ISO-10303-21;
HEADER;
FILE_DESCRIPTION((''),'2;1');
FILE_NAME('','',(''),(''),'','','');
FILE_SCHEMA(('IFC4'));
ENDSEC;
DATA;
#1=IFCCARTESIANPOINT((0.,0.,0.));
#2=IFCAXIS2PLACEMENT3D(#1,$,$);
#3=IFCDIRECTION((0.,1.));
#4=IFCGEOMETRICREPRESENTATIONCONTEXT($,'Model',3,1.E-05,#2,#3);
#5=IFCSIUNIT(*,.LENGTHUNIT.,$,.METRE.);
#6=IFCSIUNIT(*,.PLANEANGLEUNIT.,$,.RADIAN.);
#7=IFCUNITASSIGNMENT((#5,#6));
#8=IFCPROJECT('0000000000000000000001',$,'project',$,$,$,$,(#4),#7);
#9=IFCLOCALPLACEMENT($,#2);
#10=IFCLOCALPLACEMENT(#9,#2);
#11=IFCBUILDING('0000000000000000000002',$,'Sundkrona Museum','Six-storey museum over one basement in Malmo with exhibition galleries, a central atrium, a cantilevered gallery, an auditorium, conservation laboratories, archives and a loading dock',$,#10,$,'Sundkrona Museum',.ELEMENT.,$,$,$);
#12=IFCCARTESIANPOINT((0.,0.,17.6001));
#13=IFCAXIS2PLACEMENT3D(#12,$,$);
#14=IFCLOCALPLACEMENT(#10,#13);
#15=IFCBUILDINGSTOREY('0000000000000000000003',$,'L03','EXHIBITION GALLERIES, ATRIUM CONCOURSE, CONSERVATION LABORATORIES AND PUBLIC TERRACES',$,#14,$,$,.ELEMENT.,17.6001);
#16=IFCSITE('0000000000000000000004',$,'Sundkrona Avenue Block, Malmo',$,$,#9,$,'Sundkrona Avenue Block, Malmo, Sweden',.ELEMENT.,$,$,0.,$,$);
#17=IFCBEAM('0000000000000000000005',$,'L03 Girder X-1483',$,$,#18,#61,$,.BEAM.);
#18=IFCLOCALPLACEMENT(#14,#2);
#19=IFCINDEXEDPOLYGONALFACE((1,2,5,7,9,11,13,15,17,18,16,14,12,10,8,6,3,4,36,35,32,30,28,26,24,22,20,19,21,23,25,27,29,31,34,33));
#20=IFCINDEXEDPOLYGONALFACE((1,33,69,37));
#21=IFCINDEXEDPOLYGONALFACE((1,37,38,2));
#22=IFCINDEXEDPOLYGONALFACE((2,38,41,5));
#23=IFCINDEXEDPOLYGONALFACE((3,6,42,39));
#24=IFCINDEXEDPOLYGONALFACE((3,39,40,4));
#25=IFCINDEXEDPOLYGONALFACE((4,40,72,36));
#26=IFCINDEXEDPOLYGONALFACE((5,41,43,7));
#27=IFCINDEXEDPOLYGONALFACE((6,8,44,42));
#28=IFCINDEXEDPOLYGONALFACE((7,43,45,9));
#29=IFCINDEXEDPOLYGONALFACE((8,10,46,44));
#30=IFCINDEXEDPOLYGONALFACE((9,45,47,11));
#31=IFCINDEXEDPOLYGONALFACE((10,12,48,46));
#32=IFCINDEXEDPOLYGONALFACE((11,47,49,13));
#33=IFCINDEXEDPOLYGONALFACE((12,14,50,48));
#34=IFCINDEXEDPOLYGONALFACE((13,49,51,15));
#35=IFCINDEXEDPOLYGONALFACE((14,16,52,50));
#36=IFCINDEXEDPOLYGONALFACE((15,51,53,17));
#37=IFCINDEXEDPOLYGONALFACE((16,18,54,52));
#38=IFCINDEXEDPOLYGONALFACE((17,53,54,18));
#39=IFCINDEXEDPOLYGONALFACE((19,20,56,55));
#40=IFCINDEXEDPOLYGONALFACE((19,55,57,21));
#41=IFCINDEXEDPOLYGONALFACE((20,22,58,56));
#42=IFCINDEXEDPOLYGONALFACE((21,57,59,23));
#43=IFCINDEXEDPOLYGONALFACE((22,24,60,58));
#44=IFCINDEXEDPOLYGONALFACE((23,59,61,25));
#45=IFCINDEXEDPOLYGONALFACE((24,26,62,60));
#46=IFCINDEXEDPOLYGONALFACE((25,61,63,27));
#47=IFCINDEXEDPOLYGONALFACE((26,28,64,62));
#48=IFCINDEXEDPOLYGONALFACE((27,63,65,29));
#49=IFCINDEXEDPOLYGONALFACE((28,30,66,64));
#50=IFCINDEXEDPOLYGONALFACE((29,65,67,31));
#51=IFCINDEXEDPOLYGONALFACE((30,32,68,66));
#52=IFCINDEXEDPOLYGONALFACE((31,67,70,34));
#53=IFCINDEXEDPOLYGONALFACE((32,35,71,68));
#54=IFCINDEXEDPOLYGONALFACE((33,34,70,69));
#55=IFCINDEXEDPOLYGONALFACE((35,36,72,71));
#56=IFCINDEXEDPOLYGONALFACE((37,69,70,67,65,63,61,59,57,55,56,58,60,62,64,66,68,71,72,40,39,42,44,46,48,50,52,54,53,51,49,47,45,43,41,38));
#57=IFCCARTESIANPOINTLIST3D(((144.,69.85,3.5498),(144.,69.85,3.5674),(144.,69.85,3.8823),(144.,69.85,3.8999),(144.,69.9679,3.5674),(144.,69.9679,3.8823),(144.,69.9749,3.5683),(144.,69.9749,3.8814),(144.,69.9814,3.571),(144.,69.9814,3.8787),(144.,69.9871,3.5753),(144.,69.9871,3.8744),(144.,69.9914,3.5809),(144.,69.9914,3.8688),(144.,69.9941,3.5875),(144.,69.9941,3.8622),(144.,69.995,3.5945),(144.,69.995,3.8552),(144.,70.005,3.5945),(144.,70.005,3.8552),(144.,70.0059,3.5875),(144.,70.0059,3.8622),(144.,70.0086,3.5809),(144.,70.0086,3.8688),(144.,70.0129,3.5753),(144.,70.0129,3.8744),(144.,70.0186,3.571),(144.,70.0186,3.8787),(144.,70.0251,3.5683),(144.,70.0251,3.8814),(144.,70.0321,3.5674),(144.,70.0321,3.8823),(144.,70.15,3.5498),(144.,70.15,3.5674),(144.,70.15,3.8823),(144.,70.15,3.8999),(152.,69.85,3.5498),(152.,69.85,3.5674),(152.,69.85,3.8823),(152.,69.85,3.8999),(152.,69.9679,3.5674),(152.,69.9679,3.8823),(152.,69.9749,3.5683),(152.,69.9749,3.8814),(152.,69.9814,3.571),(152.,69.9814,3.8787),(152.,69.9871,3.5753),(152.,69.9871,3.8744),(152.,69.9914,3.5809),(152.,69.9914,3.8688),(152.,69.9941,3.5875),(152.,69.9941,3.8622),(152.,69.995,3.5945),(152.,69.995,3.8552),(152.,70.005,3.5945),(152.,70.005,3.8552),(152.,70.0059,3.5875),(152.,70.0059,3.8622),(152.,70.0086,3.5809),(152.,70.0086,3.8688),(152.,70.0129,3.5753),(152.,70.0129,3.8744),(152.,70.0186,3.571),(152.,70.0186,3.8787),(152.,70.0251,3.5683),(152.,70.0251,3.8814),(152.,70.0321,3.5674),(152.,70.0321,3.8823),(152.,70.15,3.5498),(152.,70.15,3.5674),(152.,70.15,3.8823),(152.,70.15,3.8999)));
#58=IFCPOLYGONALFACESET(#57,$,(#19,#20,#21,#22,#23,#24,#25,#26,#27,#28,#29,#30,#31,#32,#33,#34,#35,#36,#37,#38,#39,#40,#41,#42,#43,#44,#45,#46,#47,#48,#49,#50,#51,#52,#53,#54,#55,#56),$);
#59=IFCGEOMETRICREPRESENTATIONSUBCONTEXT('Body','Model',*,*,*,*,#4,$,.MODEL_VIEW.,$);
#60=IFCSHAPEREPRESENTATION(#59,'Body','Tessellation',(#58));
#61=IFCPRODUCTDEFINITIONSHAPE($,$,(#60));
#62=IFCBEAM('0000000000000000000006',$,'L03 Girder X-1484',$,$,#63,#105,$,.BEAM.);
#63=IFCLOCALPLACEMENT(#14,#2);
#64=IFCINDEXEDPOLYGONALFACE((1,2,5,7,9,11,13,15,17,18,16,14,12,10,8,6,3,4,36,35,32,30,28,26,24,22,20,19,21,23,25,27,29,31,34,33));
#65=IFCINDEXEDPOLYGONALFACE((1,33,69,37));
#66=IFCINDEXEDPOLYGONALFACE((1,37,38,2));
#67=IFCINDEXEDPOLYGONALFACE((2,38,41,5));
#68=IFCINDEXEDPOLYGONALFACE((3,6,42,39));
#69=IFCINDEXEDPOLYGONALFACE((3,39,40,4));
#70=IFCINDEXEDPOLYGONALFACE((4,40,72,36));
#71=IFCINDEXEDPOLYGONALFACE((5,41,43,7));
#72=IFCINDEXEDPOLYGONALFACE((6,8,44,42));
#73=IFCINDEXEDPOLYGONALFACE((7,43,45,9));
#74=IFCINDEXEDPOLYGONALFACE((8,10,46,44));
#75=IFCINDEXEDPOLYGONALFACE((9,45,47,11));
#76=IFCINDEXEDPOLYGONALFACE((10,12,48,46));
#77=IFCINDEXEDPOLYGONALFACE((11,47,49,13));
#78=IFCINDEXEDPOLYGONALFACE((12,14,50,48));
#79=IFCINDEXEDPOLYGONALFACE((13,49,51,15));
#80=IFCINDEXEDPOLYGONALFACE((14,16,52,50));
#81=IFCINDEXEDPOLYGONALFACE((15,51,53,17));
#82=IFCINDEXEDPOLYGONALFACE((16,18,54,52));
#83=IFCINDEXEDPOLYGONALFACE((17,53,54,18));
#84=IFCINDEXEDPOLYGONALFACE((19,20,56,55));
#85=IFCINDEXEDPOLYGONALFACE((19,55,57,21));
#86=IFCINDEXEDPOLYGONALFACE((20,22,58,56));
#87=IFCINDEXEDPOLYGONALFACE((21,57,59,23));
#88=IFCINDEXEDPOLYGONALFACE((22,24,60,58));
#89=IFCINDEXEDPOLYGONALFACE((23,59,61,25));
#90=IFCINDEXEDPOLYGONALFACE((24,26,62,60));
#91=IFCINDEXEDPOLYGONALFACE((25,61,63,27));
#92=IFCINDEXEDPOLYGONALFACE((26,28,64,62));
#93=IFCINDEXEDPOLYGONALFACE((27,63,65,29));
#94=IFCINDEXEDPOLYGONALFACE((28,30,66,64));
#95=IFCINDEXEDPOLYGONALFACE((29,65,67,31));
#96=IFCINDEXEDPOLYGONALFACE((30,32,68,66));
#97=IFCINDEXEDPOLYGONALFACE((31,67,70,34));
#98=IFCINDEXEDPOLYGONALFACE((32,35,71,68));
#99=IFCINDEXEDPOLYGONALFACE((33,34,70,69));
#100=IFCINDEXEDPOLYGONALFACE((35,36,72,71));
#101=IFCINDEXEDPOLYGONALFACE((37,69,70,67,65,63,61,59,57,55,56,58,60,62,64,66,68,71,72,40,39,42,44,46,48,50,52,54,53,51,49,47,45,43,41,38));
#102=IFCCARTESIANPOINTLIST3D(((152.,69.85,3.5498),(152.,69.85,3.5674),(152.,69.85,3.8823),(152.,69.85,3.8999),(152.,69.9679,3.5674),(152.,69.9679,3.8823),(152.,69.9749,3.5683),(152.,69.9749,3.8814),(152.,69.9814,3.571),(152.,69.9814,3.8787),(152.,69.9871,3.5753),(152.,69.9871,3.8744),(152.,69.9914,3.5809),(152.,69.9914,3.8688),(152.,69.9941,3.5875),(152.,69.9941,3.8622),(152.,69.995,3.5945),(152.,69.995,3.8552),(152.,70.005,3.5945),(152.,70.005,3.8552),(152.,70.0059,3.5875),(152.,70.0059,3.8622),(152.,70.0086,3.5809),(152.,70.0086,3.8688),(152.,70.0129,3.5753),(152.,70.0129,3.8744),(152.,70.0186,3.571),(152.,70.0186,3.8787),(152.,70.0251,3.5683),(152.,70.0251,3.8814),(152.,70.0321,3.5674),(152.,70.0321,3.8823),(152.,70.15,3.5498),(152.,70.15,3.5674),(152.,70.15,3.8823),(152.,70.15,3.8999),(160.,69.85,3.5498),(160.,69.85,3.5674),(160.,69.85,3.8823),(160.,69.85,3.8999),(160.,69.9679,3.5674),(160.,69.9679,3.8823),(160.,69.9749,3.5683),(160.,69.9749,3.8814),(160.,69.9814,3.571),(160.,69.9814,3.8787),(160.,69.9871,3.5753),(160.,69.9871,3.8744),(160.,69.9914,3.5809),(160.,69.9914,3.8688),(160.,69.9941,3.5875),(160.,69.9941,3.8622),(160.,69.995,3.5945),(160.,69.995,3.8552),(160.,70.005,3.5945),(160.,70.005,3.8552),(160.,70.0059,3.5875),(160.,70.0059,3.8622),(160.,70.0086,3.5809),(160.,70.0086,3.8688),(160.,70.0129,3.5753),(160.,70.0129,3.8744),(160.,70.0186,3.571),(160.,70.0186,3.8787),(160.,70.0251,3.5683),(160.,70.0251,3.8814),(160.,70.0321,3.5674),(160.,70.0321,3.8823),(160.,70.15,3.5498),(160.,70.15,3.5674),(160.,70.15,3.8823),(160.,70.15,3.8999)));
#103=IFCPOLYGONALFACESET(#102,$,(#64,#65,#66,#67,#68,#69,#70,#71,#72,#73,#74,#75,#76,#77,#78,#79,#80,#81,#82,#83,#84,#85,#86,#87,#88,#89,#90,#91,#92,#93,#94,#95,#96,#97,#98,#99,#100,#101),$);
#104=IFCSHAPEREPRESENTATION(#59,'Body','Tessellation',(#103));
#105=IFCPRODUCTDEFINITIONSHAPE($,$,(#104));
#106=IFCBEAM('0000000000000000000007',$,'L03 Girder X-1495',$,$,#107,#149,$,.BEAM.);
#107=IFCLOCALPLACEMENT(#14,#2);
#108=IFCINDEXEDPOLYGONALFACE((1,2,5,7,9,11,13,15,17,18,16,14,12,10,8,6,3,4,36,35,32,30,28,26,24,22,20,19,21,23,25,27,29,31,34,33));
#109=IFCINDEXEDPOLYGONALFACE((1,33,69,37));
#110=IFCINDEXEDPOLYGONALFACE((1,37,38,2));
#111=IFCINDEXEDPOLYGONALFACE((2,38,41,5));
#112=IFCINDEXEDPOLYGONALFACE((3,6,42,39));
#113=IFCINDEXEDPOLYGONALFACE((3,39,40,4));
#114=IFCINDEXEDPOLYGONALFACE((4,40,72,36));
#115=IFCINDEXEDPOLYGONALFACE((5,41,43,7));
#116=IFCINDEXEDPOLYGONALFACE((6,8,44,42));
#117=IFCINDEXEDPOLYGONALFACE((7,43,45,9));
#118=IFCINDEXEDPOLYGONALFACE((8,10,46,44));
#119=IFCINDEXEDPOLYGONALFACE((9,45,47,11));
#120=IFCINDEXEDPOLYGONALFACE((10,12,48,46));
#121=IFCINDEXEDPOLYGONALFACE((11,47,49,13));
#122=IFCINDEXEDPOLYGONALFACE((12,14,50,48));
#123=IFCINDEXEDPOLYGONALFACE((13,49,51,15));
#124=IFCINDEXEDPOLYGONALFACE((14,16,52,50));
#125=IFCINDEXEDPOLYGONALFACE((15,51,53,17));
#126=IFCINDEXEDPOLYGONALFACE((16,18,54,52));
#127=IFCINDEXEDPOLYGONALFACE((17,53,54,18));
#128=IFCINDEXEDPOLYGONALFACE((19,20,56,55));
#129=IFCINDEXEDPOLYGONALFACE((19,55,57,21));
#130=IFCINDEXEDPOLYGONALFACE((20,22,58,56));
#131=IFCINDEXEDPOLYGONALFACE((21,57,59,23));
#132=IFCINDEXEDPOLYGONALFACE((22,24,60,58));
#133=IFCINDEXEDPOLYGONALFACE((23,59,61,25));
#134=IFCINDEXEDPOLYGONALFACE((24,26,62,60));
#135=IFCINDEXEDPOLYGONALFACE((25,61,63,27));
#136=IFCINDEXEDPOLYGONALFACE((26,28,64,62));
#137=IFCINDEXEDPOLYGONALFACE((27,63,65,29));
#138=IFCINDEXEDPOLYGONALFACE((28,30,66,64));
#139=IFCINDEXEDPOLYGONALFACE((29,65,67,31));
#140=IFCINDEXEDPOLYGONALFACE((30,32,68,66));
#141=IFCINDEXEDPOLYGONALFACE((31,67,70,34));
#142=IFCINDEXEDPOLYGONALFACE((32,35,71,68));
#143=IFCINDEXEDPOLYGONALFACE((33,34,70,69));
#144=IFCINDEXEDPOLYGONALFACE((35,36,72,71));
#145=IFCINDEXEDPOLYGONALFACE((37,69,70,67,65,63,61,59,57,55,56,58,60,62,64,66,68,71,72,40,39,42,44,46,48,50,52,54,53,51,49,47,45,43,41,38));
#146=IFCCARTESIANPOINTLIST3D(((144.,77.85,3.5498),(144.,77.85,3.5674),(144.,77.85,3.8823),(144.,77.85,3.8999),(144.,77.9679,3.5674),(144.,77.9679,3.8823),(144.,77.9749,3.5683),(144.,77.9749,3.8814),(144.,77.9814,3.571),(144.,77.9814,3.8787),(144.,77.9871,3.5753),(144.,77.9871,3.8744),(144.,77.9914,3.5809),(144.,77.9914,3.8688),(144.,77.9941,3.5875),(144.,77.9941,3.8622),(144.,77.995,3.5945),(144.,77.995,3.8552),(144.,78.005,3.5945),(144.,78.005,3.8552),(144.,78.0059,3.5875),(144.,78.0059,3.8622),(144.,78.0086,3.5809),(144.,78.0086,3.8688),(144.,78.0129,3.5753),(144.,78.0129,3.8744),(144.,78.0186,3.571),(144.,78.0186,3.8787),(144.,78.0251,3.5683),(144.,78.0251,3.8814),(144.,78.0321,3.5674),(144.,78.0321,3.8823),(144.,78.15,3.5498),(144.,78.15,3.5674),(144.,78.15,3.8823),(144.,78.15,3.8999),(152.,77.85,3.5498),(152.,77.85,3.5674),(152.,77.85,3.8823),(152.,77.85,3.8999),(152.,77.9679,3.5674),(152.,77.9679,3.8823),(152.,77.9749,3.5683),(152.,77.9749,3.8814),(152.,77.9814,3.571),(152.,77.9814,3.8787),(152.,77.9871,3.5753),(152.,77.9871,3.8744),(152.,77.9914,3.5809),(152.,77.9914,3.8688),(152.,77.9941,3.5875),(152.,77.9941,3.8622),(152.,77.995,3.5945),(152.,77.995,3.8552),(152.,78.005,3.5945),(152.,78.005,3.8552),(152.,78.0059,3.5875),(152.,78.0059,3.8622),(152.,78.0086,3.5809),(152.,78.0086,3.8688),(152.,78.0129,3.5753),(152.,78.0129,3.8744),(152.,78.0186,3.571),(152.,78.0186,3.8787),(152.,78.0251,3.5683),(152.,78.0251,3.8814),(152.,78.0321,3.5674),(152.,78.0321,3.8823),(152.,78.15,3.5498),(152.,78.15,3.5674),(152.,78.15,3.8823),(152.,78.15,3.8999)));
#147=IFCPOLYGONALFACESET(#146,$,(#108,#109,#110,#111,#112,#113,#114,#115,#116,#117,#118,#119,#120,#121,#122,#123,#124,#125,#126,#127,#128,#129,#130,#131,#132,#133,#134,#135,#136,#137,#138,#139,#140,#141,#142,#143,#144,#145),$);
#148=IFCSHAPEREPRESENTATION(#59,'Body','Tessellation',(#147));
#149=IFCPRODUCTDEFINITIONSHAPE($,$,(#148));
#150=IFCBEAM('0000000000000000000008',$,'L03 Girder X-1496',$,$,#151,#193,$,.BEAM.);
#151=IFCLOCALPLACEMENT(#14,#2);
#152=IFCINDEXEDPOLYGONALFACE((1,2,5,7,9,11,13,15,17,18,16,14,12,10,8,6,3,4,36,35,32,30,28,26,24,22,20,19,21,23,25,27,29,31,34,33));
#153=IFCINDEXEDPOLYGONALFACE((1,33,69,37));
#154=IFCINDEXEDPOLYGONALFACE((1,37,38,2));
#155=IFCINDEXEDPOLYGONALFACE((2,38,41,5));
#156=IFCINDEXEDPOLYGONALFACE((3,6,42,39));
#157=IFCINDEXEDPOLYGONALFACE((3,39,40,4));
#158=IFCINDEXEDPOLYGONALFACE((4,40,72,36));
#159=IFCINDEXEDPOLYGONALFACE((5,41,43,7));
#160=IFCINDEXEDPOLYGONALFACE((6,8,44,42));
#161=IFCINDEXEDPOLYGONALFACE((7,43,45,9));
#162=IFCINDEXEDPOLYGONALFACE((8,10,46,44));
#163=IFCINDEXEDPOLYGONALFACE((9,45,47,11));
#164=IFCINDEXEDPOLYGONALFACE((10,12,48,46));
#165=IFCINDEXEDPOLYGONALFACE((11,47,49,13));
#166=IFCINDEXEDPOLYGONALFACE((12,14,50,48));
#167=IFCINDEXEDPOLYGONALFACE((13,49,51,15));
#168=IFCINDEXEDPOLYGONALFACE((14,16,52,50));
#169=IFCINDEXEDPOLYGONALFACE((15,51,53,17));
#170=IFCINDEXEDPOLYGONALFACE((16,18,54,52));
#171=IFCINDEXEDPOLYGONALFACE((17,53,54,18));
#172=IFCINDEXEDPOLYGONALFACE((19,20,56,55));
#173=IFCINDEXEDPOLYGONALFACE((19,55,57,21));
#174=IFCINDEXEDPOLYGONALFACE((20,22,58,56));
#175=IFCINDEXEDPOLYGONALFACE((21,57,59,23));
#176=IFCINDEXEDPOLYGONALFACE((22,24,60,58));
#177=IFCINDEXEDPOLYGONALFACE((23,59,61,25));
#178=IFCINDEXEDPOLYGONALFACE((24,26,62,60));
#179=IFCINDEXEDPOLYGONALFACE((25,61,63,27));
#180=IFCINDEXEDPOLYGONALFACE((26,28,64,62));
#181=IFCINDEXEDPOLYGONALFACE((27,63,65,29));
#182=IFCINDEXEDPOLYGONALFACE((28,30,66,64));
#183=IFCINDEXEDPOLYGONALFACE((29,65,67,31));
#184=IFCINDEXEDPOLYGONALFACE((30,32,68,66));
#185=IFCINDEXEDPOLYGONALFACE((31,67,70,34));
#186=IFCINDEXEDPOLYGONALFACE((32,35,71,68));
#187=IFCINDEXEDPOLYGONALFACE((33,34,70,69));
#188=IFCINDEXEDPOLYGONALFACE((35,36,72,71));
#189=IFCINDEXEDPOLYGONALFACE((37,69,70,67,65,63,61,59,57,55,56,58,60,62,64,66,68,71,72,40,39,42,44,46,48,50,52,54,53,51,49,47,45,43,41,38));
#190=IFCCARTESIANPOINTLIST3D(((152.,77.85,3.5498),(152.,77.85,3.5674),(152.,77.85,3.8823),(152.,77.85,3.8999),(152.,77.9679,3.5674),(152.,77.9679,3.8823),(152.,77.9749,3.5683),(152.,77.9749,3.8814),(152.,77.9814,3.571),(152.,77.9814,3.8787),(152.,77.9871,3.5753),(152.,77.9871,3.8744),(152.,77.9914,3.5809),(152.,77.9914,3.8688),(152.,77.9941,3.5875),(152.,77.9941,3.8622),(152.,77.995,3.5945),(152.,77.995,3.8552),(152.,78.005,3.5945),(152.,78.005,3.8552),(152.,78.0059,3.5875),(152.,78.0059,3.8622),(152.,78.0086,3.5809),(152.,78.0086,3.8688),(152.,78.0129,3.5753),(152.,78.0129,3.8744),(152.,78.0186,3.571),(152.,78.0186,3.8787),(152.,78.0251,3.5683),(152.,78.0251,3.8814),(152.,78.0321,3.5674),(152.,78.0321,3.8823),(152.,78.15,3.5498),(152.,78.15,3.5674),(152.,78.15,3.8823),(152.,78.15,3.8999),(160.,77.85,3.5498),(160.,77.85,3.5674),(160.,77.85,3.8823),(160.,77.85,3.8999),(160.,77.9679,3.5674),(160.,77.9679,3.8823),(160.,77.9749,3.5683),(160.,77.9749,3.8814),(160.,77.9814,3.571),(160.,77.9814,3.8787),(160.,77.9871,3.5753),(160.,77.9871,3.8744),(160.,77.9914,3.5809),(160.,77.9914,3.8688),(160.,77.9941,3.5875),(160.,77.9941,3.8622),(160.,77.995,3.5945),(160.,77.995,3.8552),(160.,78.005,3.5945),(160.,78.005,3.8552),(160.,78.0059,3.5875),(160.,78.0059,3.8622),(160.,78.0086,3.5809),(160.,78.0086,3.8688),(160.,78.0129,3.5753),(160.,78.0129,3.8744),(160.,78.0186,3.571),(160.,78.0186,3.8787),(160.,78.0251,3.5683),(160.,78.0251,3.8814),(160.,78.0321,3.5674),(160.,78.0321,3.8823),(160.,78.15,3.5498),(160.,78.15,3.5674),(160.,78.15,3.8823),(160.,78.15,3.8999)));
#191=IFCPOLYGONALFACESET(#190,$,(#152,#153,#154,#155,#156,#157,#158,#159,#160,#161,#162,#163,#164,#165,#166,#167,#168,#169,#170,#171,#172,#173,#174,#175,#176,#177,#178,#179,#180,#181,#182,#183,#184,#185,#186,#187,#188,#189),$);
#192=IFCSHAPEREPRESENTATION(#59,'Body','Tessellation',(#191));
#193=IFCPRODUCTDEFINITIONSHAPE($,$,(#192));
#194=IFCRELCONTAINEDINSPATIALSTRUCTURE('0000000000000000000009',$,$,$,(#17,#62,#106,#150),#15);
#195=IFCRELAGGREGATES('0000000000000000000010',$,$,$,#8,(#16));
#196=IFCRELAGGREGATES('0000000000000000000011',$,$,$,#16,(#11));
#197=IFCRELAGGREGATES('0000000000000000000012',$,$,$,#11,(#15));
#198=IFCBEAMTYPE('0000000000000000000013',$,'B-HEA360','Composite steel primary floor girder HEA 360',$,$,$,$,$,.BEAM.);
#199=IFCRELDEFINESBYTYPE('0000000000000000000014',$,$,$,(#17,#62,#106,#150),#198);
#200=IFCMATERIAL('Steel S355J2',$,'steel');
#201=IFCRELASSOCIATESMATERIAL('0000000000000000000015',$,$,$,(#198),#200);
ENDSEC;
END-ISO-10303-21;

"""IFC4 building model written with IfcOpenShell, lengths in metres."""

from ifc_helpers import new_model, si_unit, direction, frame, origin, origin_2d, place, context, subcontext, project, spatial, i_section, extrude, material, material_profile, profile_set, type_object, element, save


model = new_model("IFC4")

# Units and contexts
model_context = context("Model", 3, precision=1e-05, world=origin(), true_north=direction((0.0, 1.0)))
body_context = subcontext(model_context, "Body", "Model", "MODEL_VIEW")
ifc_project = project(units=[si_unit("LENGTHUNIT", "METRE"), si_unit("PLANEANGLEUNIT", "RADIAN")], contexts=[model_context])

# Site, building, storey
site_placement = place(None, origin())
site = spatial("IfcSite", under=ifc_project, at=site_placement, Name="Sundkrona Avenue Block, Malmo", LongName="Sundkrona Avenue Block, Malmo, Sweden", CompositionType="ELEMENT", RefElevation=0.0)
building_placement = place(site_placement, origin())
building = spatial("IfcBuilding", under=site, at=building_placement, Name="Sundkrona Museum", Description="Six-storey museum over one basement in Malmo with exhibition galleries, a central atrium, a cantilevered gallery, an auditorium, conservation laboratories, archives and a loading dock", LongName="Sundkrona Museum", CompositionType="ELEMENT")
storey_placement = place(building_placement, frame((0.0, 0.0, 17.6001)))
storey = spatial("IfcBuildingStorey", under=building, at=storey_placement, Name="L03", Description="EXHIBITION GALLERIES, ATRIUM CONCOURSE, CONSERVATION LABORATORIES AND PUBLIC TERRACES", CompositionType="ELEMENT", Elevation=17.6001)

# Shared definitions
ifc_material = material(Name="Steel S355J2", Category="steel")

# Beams
ifc_material_profile_1 = material_profile(ifc_material, i_section(OverallWidth=0.3, OverallDepth=0.3501, WebThickness=0.01, FlangeThickness=0.0176, FilletRadius=0.0271, at=origin_2d()), Name="HEA 360")
ifc_profile_set_1 = profile_set([ifc_material_profile_1], Name="Steel S355J2")
beam_type_1 = type_object("IfcBeamType", Name="B-HEA360", Description="Composite steel primary floor girder HEA 360", PredefinedType="BEAM", material=ifc_profile_set_1)
for number, where, z_axis, x_axis, name in (
    (1, (144.0, 70.0, 3.7249), (1.0, 0.0, 0.0), (0.0, 1.0, 0.0), "L03 Girder X-1483"),
    (2, (152.0, 70.0, 3.7249), (1.0, 0.0, 0.0), (0.0, 1.0, 0.0), "L03 Girder X-1484"),
    (3, (144.0, 78.0, 3.7249), (1.0, 0.0, 0.0), (0.0, 1.0, 0.0), "L03 Girder X-1495"),
    (4, (152.0, 78.0, 3.7249), (1.0, 0.0, 0.0), (0.0, 1.0, 0.0), "L03 Girder X-1496"),
):
    element("IfcBeam", number, at=place(storey_placement, frame(where, z_axis=z_axis, x_axis=x_axis)), inside=storey, type_object=beam_type_1, Name=name, PredefinedType="BEAM", context=body_context, shape_type="SweptSolid", body=[
        extrude(i_section(OverallWidth=0.3, OverallDepth=0.3501, WebThickness=0.01, FlangeThickness=0.0176, FilletRadius=0.0271, at=origin_2d()), origin(), (0.0, 0.0, 1.0), 8.0),
    ])

save(model, "model.ifc")
